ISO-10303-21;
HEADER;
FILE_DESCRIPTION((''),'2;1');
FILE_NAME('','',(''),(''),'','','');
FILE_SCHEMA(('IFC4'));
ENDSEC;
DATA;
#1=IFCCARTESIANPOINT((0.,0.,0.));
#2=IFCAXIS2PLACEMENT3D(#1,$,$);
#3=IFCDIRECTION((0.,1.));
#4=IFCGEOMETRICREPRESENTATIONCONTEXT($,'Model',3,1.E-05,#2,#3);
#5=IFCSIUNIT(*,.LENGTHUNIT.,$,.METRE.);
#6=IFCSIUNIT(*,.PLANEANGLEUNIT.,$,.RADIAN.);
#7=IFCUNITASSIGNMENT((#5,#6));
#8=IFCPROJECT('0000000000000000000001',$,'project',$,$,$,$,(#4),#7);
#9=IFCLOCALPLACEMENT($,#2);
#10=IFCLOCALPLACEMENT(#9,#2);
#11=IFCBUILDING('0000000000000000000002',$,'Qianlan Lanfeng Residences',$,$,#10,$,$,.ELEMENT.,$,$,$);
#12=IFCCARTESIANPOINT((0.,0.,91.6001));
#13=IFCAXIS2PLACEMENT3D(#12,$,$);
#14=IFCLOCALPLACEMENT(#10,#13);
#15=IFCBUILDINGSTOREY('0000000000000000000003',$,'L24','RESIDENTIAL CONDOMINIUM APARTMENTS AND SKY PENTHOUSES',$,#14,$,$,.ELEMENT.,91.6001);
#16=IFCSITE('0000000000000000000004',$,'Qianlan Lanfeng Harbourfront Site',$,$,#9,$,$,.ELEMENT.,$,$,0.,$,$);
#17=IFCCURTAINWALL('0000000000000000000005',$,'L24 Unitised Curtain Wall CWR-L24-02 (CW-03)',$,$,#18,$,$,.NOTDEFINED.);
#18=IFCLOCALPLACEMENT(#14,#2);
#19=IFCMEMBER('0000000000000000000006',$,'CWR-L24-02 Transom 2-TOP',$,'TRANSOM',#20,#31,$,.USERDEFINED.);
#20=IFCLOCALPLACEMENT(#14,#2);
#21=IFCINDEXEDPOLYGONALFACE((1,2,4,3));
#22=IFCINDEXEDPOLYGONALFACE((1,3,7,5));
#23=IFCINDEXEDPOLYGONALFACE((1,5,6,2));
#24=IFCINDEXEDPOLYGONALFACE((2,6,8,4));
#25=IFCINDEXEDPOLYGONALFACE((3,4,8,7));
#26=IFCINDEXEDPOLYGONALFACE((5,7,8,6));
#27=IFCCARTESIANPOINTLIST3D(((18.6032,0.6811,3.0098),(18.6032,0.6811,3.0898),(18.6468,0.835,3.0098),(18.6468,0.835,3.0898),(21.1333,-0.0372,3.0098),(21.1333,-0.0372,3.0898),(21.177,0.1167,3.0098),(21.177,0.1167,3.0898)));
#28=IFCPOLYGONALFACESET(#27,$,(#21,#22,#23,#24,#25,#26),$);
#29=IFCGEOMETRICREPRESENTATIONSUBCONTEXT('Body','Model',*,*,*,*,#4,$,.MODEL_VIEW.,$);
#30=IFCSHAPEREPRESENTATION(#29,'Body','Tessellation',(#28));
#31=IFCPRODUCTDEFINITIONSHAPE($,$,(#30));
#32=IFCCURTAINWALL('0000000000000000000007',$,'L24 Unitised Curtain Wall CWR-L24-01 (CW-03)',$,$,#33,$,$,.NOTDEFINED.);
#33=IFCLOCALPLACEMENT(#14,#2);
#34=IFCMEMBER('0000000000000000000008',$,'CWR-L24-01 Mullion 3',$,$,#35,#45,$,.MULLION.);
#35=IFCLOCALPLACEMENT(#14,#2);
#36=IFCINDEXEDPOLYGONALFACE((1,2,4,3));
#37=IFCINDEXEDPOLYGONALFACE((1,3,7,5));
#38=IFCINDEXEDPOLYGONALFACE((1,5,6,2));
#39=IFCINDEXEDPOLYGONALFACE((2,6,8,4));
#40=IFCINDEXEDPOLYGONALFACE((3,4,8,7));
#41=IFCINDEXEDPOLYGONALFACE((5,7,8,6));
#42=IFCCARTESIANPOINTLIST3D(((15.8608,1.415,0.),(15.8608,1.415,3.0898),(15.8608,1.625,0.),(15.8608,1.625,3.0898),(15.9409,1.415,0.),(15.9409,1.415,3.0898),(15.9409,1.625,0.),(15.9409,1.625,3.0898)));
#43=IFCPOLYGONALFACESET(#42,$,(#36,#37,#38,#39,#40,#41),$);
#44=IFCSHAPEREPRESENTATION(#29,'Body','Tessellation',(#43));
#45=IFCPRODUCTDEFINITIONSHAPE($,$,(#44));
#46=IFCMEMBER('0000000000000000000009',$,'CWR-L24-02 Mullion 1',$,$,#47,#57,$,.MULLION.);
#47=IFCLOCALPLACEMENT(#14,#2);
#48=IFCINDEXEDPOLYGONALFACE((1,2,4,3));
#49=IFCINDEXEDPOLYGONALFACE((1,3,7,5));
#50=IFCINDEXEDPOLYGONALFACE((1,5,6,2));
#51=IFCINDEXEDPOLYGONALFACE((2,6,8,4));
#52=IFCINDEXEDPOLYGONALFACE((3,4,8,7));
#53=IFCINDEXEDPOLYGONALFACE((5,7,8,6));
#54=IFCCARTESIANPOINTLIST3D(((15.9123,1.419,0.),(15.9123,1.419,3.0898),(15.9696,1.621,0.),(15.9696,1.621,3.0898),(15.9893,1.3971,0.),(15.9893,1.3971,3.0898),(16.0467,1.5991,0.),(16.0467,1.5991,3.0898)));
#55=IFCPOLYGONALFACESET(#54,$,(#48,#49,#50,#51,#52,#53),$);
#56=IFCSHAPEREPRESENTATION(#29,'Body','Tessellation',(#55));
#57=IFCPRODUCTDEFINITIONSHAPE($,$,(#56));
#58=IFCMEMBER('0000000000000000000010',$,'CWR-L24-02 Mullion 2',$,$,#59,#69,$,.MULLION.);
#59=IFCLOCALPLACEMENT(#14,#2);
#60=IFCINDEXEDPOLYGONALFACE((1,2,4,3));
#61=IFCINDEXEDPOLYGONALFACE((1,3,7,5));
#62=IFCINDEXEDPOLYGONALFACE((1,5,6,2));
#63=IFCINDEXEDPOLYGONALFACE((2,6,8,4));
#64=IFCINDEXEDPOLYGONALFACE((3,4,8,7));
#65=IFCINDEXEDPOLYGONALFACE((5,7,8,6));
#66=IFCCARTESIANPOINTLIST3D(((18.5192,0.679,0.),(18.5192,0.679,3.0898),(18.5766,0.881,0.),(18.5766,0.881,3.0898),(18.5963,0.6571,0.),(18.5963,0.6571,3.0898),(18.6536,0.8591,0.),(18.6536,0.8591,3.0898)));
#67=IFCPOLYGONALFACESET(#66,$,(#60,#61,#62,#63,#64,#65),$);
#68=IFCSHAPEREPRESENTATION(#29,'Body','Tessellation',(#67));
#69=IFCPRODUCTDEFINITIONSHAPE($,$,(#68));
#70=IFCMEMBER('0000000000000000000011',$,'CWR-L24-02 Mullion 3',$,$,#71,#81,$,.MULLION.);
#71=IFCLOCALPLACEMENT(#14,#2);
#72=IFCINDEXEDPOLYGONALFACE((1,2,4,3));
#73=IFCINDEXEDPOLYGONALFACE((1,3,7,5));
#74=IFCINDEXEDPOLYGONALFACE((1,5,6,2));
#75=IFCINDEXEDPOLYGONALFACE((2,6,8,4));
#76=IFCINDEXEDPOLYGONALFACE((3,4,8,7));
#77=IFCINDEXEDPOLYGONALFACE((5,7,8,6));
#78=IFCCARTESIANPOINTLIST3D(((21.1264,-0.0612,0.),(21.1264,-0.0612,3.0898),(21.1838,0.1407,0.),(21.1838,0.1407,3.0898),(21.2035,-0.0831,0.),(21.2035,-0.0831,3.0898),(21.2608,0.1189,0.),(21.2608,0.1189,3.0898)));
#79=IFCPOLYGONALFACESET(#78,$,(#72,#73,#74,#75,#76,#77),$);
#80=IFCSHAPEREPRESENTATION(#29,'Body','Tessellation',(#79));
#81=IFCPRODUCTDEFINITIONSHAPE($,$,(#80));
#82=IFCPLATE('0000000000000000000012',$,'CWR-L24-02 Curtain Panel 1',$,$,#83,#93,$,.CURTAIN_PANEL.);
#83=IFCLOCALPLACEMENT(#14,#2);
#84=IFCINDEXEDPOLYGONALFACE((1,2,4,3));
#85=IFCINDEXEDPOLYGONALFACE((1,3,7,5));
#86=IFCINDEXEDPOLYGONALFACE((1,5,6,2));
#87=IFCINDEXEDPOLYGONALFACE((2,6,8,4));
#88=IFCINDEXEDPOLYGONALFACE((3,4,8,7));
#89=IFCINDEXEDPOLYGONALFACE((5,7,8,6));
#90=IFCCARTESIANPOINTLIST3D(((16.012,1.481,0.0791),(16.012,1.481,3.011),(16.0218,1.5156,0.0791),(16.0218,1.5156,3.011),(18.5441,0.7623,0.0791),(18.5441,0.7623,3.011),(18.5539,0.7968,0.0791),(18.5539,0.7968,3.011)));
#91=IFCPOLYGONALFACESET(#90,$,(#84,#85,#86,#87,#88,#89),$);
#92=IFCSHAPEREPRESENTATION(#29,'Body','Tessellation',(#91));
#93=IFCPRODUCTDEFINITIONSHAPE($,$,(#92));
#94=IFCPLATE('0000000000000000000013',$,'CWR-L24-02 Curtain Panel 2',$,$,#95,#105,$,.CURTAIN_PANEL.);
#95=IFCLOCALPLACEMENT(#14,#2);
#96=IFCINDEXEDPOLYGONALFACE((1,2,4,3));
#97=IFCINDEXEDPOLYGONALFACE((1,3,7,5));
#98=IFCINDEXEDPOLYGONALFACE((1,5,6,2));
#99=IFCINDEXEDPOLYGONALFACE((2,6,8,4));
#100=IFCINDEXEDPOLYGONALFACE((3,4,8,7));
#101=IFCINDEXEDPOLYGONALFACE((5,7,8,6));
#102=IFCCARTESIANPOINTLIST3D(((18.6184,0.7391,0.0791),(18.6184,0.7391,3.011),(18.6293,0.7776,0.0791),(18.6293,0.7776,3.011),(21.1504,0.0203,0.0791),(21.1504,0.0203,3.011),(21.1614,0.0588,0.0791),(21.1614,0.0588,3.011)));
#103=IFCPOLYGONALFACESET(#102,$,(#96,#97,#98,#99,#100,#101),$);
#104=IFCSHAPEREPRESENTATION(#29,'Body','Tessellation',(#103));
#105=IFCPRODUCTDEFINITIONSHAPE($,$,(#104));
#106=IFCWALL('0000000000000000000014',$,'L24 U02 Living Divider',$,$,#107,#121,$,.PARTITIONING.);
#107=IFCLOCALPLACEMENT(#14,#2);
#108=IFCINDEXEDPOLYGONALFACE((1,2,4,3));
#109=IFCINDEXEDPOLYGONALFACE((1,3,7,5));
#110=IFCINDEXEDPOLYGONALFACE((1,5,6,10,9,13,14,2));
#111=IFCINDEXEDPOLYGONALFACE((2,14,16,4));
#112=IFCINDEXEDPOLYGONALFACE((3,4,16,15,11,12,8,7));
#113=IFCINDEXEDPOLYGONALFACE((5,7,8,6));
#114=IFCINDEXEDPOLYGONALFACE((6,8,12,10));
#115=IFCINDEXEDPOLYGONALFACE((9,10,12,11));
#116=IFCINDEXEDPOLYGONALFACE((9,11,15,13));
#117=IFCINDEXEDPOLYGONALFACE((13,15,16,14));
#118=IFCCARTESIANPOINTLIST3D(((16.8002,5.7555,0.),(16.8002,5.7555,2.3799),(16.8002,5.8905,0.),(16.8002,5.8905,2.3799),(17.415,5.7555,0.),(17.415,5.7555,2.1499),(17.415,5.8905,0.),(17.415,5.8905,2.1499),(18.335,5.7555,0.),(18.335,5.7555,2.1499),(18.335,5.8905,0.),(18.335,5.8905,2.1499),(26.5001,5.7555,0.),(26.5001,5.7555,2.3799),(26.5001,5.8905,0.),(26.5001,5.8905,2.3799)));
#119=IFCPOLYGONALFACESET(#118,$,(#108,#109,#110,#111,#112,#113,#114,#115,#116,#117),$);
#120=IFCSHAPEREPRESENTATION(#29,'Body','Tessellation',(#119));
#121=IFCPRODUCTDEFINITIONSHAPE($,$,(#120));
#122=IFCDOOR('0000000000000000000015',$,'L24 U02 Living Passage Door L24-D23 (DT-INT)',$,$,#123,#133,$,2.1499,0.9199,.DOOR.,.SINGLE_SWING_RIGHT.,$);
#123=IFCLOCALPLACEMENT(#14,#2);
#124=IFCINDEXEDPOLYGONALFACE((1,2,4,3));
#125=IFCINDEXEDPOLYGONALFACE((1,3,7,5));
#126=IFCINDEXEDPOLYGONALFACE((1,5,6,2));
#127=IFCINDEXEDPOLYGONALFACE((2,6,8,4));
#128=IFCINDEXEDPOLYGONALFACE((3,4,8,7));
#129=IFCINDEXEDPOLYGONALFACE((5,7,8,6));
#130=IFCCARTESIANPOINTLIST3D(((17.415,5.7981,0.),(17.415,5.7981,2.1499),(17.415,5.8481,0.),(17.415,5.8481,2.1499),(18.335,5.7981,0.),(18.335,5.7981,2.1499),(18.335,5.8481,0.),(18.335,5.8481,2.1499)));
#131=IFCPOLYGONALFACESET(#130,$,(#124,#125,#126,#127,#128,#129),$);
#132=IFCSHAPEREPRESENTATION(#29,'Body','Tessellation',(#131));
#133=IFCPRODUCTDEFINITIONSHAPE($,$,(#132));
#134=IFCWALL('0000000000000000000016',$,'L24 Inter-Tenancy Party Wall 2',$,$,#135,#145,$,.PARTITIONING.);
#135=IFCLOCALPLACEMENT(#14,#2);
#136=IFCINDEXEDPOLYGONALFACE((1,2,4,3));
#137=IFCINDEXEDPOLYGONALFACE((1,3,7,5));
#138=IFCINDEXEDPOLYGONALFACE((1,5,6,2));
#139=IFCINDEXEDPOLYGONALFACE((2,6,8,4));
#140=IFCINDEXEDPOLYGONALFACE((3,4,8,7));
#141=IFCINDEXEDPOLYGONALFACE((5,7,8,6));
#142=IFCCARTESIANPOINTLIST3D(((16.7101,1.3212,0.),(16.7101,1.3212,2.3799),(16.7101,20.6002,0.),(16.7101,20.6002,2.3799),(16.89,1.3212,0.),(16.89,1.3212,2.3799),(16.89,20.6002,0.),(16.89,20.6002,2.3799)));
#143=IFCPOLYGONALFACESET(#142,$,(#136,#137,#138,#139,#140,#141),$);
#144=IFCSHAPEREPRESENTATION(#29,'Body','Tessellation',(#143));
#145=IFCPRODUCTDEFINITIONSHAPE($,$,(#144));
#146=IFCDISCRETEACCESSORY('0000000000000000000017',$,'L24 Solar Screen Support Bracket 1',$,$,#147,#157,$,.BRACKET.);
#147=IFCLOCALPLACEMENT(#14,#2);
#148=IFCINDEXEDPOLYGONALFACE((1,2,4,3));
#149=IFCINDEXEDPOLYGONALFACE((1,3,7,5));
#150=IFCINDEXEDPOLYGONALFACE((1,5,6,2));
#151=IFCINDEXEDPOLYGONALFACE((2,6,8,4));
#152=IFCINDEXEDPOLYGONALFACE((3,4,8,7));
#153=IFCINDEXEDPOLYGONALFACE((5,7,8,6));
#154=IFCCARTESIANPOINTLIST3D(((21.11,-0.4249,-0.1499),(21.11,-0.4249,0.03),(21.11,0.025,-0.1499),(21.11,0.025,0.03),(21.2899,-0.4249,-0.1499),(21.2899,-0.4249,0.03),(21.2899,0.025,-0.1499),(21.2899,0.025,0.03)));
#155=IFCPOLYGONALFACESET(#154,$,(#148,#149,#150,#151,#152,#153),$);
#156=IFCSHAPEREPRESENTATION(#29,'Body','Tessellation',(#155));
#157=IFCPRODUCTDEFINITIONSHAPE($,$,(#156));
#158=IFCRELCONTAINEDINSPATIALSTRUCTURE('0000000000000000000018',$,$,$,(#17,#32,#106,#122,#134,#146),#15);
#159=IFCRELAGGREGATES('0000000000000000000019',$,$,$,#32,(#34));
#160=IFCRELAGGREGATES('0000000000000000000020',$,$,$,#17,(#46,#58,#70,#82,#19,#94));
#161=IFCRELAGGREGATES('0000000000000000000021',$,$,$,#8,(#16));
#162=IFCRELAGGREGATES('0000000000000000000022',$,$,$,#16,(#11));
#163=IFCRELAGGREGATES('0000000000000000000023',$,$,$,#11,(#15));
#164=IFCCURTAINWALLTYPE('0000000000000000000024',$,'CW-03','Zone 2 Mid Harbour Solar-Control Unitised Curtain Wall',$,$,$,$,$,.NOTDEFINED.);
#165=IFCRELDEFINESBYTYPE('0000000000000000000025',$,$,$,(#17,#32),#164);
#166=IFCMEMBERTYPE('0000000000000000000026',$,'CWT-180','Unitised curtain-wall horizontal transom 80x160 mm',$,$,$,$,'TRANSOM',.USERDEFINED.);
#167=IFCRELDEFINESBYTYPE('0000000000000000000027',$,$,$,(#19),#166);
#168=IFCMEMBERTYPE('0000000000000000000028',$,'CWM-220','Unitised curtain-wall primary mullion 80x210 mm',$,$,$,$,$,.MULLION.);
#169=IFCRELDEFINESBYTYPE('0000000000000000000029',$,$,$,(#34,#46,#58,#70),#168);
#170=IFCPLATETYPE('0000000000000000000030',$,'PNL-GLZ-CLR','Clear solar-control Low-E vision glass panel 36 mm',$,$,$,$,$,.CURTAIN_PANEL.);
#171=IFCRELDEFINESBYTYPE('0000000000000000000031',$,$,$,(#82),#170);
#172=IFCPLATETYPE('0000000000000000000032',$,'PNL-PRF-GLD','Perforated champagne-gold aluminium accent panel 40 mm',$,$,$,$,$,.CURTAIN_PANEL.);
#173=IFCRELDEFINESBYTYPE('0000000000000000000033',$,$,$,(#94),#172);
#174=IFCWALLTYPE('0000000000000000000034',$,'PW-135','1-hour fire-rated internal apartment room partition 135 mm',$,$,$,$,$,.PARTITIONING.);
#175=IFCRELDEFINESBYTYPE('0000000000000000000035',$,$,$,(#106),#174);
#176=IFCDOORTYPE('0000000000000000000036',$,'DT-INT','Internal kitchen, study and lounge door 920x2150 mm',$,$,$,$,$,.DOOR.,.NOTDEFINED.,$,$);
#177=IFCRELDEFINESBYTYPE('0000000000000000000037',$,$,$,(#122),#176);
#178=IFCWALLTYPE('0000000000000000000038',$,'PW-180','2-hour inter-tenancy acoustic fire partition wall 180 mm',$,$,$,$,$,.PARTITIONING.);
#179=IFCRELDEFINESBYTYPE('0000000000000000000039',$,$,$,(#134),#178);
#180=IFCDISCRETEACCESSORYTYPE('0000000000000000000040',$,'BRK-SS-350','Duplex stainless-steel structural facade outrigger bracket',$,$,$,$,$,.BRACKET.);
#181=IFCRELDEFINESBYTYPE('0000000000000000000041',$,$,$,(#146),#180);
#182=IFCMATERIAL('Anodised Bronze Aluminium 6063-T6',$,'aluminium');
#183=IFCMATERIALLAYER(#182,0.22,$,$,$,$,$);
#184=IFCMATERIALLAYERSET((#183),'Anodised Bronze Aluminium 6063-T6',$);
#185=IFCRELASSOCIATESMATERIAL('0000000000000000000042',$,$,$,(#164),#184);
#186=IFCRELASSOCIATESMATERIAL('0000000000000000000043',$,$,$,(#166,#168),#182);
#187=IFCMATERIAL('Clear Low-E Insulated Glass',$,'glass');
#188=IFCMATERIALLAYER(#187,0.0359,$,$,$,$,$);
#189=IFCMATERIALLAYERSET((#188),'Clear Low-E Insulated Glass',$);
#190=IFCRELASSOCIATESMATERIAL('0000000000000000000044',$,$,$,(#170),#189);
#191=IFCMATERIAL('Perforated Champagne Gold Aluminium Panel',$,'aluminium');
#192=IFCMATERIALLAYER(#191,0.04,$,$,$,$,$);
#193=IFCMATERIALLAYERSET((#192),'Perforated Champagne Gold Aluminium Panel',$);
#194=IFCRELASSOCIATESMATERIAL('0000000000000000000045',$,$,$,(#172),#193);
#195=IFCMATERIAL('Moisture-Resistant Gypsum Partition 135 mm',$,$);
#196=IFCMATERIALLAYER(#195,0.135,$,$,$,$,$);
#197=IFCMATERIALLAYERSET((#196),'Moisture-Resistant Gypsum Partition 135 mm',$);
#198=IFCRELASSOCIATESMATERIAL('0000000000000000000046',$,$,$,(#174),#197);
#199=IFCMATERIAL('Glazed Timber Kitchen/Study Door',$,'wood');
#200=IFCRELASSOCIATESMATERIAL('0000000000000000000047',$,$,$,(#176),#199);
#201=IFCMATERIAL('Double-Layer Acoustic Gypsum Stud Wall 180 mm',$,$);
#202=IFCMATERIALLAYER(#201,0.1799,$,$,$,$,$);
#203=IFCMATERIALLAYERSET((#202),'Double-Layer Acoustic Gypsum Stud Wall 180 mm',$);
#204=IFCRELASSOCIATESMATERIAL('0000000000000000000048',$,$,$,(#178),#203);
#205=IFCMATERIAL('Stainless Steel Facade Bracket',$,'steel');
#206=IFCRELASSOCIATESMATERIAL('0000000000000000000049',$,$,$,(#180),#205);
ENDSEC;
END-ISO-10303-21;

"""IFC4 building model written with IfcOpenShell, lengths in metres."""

from ifc_helpers import new_model, si_unit, direction, frame, frame_2d, origin, origin_2d, place, context, subcontext, project, spatial, rectangle, extrude, source, transform, mapped, material, layer, layer_set, material_profile, profile_set, type_object, element, fill, aggregate, save


model = new_model("IFC4")

# Units and contexts
model_context = context("Model", 3, precision=1e-05, world=origin(), true_north=direction((0.0, 1.0)))
body_context = subcontext(model_context, "Body", "Model", "MODEL_VIEW")
ifc_project = project(units=[si_unit("LENGTHUNIT", "METRE"), si_unit("PLANEANGLEUNIT", "RADIAN")], contexts=[model_context])

# Site, building, storey
site_placement = place(None, origin())
site = spatial("IfcSite", under=ifc_project, at=site_placement, Name="Qianlan Lanfeng Harbourfront Site", CompositionType="ELEMENT", RefElevation=0.0)
building_placement = place(site_placement, origin())
building = spatial("IfcBuilding", under=site, at=building_placement, Name="Qianlan Lanfeng Residences", CompositionType="ELEMENT")
storey_placement = place(building_placement, frame((0.0, 0.0, 91.6001)))
storey = spatial("IfcBuildingStorey", under=building, at=storey_placement, Name="L24", Description="RESIDENTIAL CONDOMINIUM APARTMENTS AND SKY PENTHOUSES", CompositionType="ELEMENT", Elevation=91.6001)

# Curtain wall, member
ifc_material_1 = material(Name="Anodised Bronze Aluminium 6063-T6", Category="aluminium")
ifc_layer_1 = layer(ifc_material_1, 0.22)
ifc_layer_set_1 = layer_set([ifc_layer_1], Name="Anodised Bronze Aluminium 6063-T6")
curtain_wall_type = type_object("IfcCurtainWallType", Name="CW-03", Description="Zone 2 Mid Harbour Solar-Control Unitised Curtain Wall", PredefinedType="NOTDEFINED", material=ifc_layer_set_1)
curtain_wall_1_placement = place(storey_placement, origin())
curtain_wall_1 = element("IfcCurtainWall", 1, at=curtain_wall_1_placement, inside=storey, type_object=curtain_wall_type, Name="L24 Unitised Curtain Wall CWR-L24-02 (CW-03)", PredefinedType="NOTDEFINED")
ifc_material_profile_1 = material_profile(ifc_material_1, rectangle(XDim=0.0801, YDim=0.1599, at=origin_2d()), Name="ALU TRANSOM 80x160")
ifc_profile_set_1 = profile_set([ifc_material_profile_1], Name="Anodised Bronze Aluminium 6063-T6")
member_type_1 = type_object("IfcMemberType", Name="CWT-180", Description="Unitised curtain-wall horizontal transom 80x160 mm", ElementType="TRANSOM", PredefinedType="USERDEFINED", material=ifc_profile_set_1)
shared_shape_1 = source(origin(), body_context, "Body", "SweptSolid", [
    extrude(rectangle(XDim=0.0801, YDim=0.1599, at=origin_2d()), origin(), (0.0, 0.0, 1.0), 2.6301),
])
member_1_placement = place(storey_placement, frame((18.625, 0.7581, 3.0498), z_axis=(0.961985, -0.273102, 0.0), x_axis=(0.0, 0.0, 1.0)))
member_1 = element("IfcMember", 2, at=member_1_placement, type_object=member_type_1, Name="CWR-L24-02 Transom 2-TOP", ObjectType="TRANSOM", PredefinedType="USERDEFINED", context=body_context, shape_type="MappedRepresentation", body=[
    mapped(shared_shape_1, transform((0.0, 0.0, 0.0), scale=1.0)),
])

# Curtain wall, member
curtain_wall_2_placement = place(storey_placement, origin())
curtain_wall_2 = element("IfcCurtainWall", 3, at=curtain_wall_2_placement, inside=storey, type_object=curtain_wall_type, Name="L24 Unitised Curtain Wall CWR-L24-01 (CW-03)", PredefinedType="NOTDEFINED")
ifc_material_profile_2 = material_profile(ifc_material_1, rectangle(XDim=0.0801, YDim=0.21, at=origin_2d()), Name="ALU MULLION 80x210")
ifc_profile_set_2 = profile_set([ifc_material_profile_2], Name="Anodised Bronze Aluminium 6063-T6")
member_type_2 = type_object("IfcMemberType", Name="CWM-220", Description="Unitised curtain-wall primary mullion 80x210 mm", PredefinedType="MULLION", material=ifc_profile_set_2)
shared_shape_2 = source(origin(), body_context, "Body", "SweptSolid", [
    extrude(rectangle(XDim=0.0801, YDim=0.21, at=origin_2d()), origin(), (0.0, 0.0, 1.0), 3.0898),
])
member_2_placement = place(storey_placement, frame((15.9009, 1.52, 0.0), z_axis=(0.0, 0.0, 1.0), x_axis=(1.0, 0.0, 0.0)))
member_2 = element("IfcMember", 4, at=member_2_placement, type_object=member_type_2, Name="CWR-L24-01 Mullion 3", PredefinedType="MULLION", context=body_context, shape_type="MappedRepresentation", body=[
    mapped(shared_shape_2, transform((0.0, 0.0, 0.0), scale=1.0)),
])
aggregate(curtain_wall_2, [member_2])

# Members
member_3_placement = place(storey_placement, frame((15.9795, 1.509, 0.0), z_axis=(0.0, 0.0, 1.0), x_axis=(0.961989, -0.273088, 0.0)))
member_3 = element("IfcMember", 5, at=member_3_placement, type_object=member_type_2, Name="CWR-L24-02 Mullion 1", PredefinedType="MULLION", context=body_context, shape_type="MappedRepresentation", body=[
    mapped(shared_shape_2, transform((0.0, 0.0, 0.0), scale=1.0)),
])
member_4_placement = place(storey_placement, frame((18.5864, 0.769, 0.0), z_axis=(0.0, 0.0, 1.0), x_axis=(0.961989, -0.273088, 0.0)))
member_4 = element("IfcMember", 6, at=member_4_placement, type_object=member_type_2, Name="CWR-L24-02 Mullion 2", PredefinedType="MULLION", context=body_context, shape_type="MappedRepresentation", body=[
    mapped(shared_shape_2, transform((0.0, 0.0, 0.0), scale=1.0)),
])
member_5_placement = place(storey_placement, frame((21.1936, 0.0288, 0.0), z_axis=(0.0, 0.0, 1.0), x_axis=(0.961989, -0.273088, 0.0)))
member_5 = element("IfcMember", 7, at=member_5_placement, type_object=member_type_2, Name="CWR-L24-02 Mullion 3", PredefinedType="MULLION", context=body_context, shape_type="MappedRepresentation", body=[
    mapped(shared_shape_2, transform((0.0, 0.0, 0.0), scale=1.0)),
])

# Plates
ifc_material_2 = material(Name="Clear Low-E Insulated Glass", Category="glass")
ifc_layer_2 = layer(ifc_material_2, 0.0359)
ifc_layer_set_2 = layer_set([ifc_layer_2], Name="Clear Low-E Insulated Glass")
plate_type_1 = type_object("IfcPlateType", Name="PNL-GLZ-CLR", Description="Clear solar-control Low-E vision glass panel 36 mm", PredefinedType="CURTAIN_PANEL", material=ifc_layer_set_2)
shared_shape_3 = source(origin(), body_context, "Body", "SweptSolid", [
    extrude(rectangle(XDim=2.6321, YDim=0.0359, at=origin_2d()), origin(), (0.0, 0.0, 1.0), 2.9319),
])
plate_1_placement = place(storey_placement, frame((17.283, 1.1389, 0.0791), z_axis=(0.0, 0.0, 1.0), x_axis=(0.961989, -0.273088, 0.0)))
plate_1 = element("IfcPlate", 8, at=plate_1_placement, type_object=plate_type_1, Name="CWR-L24-02 Curtain Panel 1", PredefinedType="CURTAIN_PANEL", context=body_context, shape_type="MappedRepresentation", body=[
    mapped(shared_shape_3, transform((0.0, 0.0, 0.0), scale=1.0)),
])
ifc_material_3 = material(Name="Perforated Champagne Gold Aluminium Panel", Category="aluminium")
ifc_layer_3 = layer(ifc_material_3, 0.04)
ifc_layer_set_3 = layer_set([ifc_layer_3], Name="Perforated Champagne Gold Aluminium Panel")
plate_type_2 = type_object("IfcPlateType", Name="PNL-PRF-GLD", Description="Perforated champagne-gold aluminium accent panel 40 mm", PredefinedType="CURTAIN_PANEL", material=ifc_layer_set_3)
shared_shape_4 = source(origin(), body_context, "Body", "SweptSolid", [
    extrude(rectangle(XDim=2.6321, YDim=0.04, at=origin_2d()), origin(), (0.0, 0.0, 1.0), 2.9319),
])
plate_2_placement = place(storey_placement, frame((19.8899, 0.3989, 0.0791), z_axis=(0.0, 0.0, 1.0), x_axis=(0.961989, -0.273088, 0.0)))
plate_2 = element("IfcPlate", 9, at=plate_2_placement, type_object=plate_type_2, Name="CWR-L24-02 Curtain Panel 2", PredefinedType="CURTAIN_PANEL", context=body_context, shape_type="MappedRepresentation", body=[
    mapped(shared_shape_4, transform((0.0, 0.0, 0.0), scale=1.0)),
])
aggregate(curtain_wall_1, [member_3, member_4, member_5, plate_1, member_1, plate_2])

# Wall, opening, door
ifc_material_4 = material(Name="Moisture-Resistant Gypsum Partition 135 mm")
ifc_layer_4 = layer(ifc_material_4, 0.135)
ifc_layer_set_4 = layer_set([ifc_layer_4], Name="Moisture-Resistant Gypsum Partition 135 mm")
wall_type_1 = type_object("IfcWallType", Name="PW-135", Description="1-hour fire-rated internal apartment room partition 135 mm", PredefinedType="PARTITIONING", material=ifc_layer_set_4)
wall_1_placement = place(storey_placement, frame((16.8, 5.823, 0.0), z_axis=(0.0, 0.0, 1.0), x_axis=(1.0, 0.0, 0.0)))
wall_1 = element("IfcWall", 10, at=wall_1_placement, inside=storey, type_object=wall_type_1, Name="L24 U02 Living Divider", PredefinedType="PARTITIONING", context=body_context, shape_type="SweptSolid", body=[
    extrude(rectangle(XDim=9.7, YDim=0.135, at=frame_2d((4.8501, 0.0))), origin(), (0.0, 0.0, 1.0), 2.3799),
])
opening_1_placement = place(wall_1_placement, frame((0.615, 0.0, 0.0)))
opening_1 = element("IfcOpeningElement", 11, at=opening_1_placement, cuts=wall_1, PredefinedType="OPENING", context=body_context, shape_type="SweptSolid", body=[
    extrude(rectangle(XDim=0.9199, YDim=2.1499, at=frame_2d((0.46, 1.075))), frame((0.0, 0.0776, 0.0), z_axis=(0.0, -1.0, 0.0), x_axis=(1.0, 0.0, 0.0)), (0.0, 0.0, 1.0), 0.155),
])
ifc_material_5 = material(Name="Glazed Timber Kitchen/Study Door", Category="wood")
door_type_1 = type_object("IfcDoorType", Name="DT-INT", Description="Internal kitchen, study and lounge door 920x2150 mm", OperationType="NOTDEFINED", PredefinedType="DOOR", material=ifc_material_5)
door_1_placement = place(opening_1_placement, frame((0.9199, 0.0, 0.0), z_axis=(0.0, 0.0, 1.0), x_axis=(-1.0, 0.0, 0.0)))
door_1 = element("IfcDoor", 12, at=door_1_placement, inside=storey, type_object=door_type_1, Name="L24 U02 Living Passage Door L24-D23 (DT-INT)", OperationType="SINGLE_SWING_RIGHT", OverallHeight=2.1499, OverallWidth=0.9199, PredefinedType="DOOR", context=body_context, shape_type="SweptSolid", body=[
    extrude(rectangle(XDim=0.9199, YDim=2.1499, at=frame_2d((0.46, 1.075))), frame((0.0, 0.0249, 0.0), z_axis=(0.0, -1.0, 0.0), x_axis=(1.0, 0.0, 0.0)), (0.0, 0.0, 1.0), 0.05),
])
fill(opening_1, door_1)

# Wall
ifc_material_6 = material(Name="Double-Layer Acoustic Gypsum Stud Wall 180 mm")
ifc_layer_5 = layer(ifc_material_6, 0.1799)
ifc_layer_set_5 = layer_set([ifc_layer_5], Name="Double-Layer Acoustic Gypsum Stud Wall 180 mm")
wall_type_2 = type_object("IfcWallType", Name="PW-180", Description="2-hour inter-tenancy acoustic fire partition wall 180 mm", PredefinedType="PARTITIONING", material=ifc_layer_set_5)
wall_2_placement = place(storey_placement, frame((16.8, 1.321, 0.0), z_axis=(0.0, 0.0, 1.0), x_axis=(0.0, 1.0, 0.0)))
element("IfcWall", 13, at=wall_2_placement, inside=storey, type_object=wall_type_2, Name="L24 Inter-Tenancy Party Wall 2", PredefinedType="PARTITIONING", context=body_context, shape_type="SweptSolid", body=[
    extrude(rectangle(XDim=19.2791, YDim=0.1799, at=frame_2d((9.6396, 0.0))), origin(), (0.0, 0.0, 1.0), 2.3799),
])

# Discrete accessory
ifc_material_7 = material(Name="Stainless Steel Facade Bracket", Category="steel")
discrete_accessory_type = type_object("IfcDiscreteAccessoryType", Name="BRK-SS-350", Description="Duplex stainless-steel structural facade outrigger bracket", PredefinedType="BRACKET", material=ifc_material_7)
shared_shape_5 = source(origin(), body_context, "Body", "SweptSolid", [
    extrude(rectangle(XDim=0.1799, YDim=0.45, at=origin_2d()), origin(), (0.0, 0.0, 1.0), 0.1799),
])
discrete_accessory_placement = place(storey_placement, frame((21.2, -0.2, -0.1499), z_axis=(0.0, 0.0, 1.0), x_axis=(1.0, 0.0, 0.0)))
element("IfcDiscreteAccessory", 14, at=discrete_accessory_placement, inside=storey, type_object=discrete_accessory_type, Name="L24 Solar Screen Support Bracket 1", PredefinedType="BRACKET", context=body_context, shape_type="MappedRepresentation", body=[
    mapped(shared_shape_5, transform((0.0, 0.0, 0.0), scale=1.0)),
])

save(model, "model.ifc")
